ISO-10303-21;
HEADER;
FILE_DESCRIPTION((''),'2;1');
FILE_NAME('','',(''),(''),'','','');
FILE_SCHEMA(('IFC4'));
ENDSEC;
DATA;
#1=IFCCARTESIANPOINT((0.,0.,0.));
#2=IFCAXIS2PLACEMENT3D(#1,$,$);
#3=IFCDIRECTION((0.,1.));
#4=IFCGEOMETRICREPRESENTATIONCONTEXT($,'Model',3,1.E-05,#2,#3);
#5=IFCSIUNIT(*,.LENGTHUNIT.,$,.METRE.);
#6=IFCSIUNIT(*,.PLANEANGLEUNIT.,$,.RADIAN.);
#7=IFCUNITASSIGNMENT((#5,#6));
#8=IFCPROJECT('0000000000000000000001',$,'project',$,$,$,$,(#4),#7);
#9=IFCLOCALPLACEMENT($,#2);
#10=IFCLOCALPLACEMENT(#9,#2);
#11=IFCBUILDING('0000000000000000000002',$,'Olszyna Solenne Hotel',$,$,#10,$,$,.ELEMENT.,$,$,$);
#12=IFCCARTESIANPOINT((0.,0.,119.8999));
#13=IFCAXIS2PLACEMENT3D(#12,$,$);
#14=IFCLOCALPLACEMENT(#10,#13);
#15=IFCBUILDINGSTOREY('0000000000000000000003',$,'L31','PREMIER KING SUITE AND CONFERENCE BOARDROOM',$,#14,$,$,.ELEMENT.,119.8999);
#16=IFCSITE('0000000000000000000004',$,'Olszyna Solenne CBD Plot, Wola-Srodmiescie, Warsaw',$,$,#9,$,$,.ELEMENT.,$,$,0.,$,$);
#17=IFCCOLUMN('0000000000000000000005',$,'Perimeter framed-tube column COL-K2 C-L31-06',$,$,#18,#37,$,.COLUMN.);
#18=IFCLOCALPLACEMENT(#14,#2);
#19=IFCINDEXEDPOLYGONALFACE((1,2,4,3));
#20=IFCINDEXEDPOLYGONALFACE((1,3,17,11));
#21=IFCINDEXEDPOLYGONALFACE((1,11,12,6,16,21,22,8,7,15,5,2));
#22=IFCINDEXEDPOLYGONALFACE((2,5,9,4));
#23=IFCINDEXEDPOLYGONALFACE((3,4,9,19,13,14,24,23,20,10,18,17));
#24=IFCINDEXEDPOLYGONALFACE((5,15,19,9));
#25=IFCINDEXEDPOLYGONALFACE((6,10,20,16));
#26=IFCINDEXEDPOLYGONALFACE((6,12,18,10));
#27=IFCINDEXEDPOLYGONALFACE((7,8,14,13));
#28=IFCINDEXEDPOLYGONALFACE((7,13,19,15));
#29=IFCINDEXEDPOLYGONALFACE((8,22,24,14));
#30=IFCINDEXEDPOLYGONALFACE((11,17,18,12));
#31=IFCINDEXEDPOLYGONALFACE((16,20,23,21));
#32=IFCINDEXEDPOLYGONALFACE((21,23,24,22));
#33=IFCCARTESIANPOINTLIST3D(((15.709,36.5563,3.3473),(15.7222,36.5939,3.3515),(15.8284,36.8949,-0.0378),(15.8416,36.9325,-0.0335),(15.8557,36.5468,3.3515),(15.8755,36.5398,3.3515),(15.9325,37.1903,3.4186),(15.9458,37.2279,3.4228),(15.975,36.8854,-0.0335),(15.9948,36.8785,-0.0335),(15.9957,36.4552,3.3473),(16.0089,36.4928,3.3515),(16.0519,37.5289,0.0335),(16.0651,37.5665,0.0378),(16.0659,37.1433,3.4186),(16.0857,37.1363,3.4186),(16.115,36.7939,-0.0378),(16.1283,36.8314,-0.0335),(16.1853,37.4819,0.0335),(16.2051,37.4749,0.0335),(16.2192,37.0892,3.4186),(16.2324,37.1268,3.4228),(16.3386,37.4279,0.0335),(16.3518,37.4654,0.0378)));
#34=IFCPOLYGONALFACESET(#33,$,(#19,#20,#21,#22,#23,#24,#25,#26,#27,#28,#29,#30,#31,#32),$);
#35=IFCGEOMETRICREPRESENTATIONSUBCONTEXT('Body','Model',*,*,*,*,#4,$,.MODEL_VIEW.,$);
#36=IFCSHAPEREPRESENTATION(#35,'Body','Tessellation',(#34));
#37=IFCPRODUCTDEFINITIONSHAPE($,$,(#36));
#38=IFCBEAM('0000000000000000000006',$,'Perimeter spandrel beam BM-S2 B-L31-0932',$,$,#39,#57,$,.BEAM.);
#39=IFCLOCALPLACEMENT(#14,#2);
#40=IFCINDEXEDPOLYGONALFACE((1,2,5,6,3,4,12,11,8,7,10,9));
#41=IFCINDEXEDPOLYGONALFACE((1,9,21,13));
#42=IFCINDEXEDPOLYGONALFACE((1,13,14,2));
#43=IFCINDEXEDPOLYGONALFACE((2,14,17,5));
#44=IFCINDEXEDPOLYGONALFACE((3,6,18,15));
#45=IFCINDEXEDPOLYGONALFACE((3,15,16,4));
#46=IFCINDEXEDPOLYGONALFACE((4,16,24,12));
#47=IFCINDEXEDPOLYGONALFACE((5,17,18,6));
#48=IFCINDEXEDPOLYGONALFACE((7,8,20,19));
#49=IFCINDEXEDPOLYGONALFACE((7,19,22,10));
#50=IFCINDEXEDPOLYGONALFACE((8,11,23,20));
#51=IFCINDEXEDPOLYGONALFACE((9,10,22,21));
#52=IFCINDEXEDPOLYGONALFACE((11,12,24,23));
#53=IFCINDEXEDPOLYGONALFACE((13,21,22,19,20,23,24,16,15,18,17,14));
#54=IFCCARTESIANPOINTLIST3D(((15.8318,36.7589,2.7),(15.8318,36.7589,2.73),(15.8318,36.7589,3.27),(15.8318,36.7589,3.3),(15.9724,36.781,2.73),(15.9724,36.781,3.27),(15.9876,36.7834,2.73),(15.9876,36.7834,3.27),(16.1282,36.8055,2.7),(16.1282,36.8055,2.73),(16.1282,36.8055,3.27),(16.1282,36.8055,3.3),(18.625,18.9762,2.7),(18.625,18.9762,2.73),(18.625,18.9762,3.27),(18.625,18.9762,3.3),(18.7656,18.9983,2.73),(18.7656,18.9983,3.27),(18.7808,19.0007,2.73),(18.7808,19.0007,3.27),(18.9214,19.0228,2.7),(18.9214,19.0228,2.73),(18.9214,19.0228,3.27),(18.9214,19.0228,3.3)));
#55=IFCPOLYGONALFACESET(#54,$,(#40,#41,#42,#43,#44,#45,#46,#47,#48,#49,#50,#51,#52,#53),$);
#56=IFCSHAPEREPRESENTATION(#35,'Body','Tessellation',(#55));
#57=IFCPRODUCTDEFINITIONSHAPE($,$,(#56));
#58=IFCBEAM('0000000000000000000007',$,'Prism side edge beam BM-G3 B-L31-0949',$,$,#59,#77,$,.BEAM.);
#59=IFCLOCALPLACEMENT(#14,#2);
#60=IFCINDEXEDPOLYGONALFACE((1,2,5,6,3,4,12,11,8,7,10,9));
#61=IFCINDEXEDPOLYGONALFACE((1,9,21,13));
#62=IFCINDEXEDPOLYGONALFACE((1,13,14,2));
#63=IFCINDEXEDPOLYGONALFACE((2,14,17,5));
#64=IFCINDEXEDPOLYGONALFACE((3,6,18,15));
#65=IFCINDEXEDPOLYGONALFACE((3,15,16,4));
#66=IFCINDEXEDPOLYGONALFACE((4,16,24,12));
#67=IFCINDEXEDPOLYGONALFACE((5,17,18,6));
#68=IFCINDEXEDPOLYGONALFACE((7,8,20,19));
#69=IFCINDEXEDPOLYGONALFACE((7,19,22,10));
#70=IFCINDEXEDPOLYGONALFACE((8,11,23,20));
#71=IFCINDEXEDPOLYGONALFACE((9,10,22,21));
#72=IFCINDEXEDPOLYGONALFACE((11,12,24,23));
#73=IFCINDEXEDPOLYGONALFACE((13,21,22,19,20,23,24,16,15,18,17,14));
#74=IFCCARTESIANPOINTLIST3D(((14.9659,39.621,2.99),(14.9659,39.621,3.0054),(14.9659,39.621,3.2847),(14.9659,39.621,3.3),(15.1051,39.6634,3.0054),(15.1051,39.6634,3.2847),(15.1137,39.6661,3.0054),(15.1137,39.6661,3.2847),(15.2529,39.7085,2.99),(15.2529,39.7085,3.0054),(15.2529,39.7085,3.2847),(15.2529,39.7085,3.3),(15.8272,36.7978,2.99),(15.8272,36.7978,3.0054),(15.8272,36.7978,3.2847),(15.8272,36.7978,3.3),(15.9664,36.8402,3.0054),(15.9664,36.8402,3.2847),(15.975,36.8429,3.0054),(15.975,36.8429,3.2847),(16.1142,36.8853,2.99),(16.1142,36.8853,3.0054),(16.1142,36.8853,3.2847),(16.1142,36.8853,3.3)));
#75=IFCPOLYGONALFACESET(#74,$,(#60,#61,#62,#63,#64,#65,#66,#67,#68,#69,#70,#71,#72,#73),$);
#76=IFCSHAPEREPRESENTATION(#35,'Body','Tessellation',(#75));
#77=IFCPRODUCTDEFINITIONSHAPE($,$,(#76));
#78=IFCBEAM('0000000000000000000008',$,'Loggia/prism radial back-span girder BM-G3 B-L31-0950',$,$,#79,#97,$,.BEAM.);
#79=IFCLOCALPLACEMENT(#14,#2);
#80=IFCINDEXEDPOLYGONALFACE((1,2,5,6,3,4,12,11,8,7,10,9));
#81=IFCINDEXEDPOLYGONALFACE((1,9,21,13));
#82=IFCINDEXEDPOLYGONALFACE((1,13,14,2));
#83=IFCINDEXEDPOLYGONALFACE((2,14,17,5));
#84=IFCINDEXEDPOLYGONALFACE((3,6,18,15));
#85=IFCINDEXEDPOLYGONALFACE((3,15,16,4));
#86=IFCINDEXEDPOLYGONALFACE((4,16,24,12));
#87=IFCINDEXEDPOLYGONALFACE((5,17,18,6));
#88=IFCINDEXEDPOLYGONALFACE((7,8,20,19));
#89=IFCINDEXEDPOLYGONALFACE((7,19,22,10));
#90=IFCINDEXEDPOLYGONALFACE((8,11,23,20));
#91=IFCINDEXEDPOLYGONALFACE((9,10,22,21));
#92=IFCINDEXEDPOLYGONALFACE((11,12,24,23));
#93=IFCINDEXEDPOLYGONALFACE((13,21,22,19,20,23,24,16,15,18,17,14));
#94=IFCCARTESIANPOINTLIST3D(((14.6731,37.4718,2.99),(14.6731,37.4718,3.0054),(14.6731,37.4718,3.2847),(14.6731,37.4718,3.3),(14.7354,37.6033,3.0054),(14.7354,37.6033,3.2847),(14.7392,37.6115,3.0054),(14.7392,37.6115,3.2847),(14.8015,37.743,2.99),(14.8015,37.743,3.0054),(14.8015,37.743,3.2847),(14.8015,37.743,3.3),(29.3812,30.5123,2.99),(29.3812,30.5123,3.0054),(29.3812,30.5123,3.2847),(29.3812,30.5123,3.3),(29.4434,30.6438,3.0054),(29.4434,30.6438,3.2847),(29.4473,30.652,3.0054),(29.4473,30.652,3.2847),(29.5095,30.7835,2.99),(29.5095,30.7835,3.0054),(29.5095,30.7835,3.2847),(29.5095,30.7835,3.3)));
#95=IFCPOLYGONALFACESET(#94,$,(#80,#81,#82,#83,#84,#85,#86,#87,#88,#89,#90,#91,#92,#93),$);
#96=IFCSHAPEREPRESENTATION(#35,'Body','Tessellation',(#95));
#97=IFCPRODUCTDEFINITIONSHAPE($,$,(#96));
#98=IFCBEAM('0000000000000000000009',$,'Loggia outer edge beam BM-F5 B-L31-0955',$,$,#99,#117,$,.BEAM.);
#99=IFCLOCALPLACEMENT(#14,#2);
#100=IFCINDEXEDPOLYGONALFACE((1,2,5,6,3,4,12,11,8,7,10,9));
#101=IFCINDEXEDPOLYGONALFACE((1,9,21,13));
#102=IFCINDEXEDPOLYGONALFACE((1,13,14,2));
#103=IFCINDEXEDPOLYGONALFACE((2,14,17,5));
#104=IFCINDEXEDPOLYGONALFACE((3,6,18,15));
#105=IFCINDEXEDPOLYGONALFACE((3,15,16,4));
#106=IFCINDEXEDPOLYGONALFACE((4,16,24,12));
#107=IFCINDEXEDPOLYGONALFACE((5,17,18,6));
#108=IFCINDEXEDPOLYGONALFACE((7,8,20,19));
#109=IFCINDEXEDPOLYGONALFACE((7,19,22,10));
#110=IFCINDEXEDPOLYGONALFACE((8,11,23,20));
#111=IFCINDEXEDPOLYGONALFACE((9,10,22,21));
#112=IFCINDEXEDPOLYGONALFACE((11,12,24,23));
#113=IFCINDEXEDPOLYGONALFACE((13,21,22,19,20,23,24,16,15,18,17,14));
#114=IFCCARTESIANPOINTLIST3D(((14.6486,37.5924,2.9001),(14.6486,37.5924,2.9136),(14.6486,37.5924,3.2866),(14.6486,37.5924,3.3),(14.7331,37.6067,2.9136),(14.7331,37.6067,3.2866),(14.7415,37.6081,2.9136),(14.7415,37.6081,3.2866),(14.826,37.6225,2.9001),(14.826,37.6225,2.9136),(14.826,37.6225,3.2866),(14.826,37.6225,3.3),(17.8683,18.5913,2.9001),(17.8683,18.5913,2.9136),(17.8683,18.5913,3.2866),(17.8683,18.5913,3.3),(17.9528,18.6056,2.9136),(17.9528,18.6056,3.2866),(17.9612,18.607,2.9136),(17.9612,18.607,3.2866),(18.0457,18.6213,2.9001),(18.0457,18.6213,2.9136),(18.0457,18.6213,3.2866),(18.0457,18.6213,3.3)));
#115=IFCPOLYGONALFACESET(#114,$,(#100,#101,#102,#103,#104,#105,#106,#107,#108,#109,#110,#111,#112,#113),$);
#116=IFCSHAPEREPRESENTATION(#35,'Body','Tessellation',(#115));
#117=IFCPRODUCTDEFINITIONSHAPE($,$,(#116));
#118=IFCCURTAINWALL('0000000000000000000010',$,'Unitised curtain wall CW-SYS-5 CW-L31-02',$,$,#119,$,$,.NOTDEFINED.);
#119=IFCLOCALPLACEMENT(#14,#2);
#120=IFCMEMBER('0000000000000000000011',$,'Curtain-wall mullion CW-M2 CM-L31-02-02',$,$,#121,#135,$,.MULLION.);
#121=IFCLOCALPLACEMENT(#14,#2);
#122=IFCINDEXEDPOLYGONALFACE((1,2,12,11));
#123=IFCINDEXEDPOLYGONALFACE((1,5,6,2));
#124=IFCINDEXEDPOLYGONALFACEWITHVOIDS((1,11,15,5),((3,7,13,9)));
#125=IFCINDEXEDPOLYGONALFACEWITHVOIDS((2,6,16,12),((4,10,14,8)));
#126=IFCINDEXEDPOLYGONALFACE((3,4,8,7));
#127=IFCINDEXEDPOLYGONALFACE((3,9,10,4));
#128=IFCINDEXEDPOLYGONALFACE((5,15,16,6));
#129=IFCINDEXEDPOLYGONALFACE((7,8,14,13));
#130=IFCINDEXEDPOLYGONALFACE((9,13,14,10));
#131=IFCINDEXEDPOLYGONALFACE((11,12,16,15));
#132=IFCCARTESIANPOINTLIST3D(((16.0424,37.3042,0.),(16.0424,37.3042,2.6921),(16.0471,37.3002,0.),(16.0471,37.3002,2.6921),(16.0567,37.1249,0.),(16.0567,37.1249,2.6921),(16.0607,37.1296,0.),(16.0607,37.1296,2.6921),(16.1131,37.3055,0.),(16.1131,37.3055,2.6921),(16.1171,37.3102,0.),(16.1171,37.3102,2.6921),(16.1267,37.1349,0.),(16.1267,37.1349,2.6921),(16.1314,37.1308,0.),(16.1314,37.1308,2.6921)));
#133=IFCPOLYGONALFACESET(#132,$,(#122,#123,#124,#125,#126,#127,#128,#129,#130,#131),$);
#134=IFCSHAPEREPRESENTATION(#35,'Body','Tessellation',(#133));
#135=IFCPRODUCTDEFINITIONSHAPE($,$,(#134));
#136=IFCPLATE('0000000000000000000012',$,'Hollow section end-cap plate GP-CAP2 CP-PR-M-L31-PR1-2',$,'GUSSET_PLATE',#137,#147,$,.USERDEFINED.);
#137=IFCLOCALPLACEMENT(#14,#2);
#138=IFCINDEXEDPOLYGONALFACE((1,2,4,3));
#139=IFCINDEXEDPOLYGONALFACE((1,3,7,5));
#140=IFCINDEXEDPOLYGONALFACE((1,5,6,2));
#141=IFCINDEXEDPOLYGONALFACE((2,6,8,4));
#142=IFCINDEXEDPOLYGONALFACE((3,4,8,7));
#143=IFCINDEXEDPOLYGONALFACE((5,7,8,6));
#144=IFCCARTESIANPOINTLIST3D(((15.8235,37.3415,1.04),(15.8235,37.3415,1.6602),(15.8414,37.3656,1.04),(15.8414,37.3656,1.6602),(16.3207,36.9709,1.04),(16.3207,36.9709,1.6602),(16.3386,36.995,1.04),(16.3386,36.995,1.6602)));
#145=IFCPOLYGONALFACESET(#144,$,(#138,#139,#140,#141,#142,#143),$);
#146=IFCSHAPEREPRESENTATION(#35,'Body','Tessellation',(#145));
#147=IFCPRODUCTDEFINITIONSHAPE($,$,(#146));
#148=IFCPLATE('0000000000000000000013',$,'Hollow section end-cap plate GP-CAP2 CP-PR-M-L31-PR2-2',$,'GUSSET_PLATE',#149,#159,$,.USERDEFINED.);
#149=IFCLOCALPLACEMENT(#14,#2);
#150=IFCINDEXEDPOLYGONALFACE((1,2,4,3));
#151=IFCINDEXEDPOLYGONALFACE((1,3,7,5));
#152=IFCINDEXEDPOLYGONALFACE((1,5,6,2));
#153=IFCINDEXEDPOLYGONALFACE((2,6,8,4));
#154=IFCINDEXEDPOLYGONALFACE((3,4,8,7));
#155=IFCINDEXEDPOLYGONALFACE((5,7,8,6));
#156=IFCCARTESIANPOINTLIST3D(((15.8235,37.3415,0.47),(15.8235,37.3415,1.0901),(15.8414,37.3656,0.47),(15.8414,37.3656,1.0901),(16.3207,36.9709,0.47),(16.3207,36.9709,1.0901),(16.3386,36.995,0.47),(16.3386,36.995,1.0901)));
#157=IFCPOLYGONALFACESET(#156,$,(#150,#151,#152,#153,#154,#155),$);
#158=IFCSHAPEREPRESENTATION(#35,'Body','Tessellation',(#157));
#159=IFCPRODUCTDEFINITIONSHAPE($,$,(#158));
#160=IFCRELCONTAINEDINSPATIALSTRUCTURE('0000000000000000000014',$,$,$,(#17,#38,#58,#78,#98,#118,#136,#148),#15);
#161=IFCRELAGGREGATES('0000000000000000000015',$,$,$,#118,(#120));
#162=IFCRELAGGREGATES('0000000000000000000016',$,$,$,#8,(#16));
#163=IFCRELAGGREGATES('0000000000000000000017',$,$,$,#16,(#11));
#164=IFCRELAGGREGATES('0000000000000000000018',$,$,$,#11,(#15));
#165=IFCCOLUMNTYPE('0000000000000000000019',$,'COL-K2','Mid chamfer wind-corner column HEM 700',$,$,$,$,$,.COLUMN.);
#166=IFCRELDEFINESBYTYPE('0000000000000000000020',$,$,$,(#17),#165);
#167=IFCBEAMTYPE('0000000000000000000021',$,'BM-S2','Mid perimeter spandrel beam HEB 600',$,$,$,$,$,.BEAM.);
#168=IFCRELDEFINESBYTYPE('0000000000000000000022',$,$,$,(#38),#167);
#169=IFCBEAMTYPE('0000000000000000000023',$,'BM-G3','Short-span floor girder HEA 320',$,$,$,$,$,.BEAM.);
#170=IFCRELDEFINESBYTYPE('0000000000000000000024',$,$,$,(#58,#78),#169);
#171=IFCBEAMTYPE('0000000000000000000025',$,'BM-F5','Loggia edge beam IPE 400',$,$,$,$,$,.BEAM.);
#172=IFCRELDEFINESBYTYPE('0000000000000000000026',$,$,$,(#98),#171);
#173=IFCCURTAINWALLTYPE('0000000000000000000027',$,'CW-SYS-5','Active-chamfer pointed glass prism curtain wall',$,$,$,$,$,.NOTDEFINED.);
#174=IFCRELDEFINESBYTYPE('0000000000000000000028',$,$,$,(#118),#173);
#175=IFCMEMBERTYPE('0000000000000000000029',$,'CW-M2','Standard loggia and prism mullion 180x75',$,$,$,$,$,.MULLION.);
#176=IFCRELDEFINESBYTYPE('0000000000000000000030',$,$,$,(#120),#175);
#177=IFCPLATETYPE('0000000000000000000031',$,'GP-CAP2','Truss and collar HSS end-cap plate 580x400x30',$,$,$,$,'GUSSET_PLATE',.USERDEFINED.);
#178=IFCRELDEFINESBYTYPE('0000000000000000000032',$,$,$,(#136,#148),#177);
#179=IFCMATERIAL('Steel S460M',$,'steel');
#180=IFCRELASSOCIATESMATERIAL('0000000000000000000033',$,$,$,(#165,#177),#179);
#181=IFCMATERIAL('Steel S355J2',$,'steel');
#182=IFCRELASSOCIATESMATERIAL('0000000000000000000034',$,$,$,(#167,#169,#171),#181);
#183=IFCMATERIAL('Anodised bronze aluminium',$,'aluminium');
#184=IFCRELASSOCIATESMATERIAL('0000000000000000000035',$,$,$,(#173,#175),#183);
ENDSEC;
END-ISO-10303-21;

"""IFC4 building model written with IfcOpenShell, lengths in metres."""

from ifc_helpers import new_model, si_unit, direction, frame, origin, origin_2d, place, context, subcontext, project, spatial, rectangle, hollow_rectangle, i_section, extrude, source, transform, mapped, material, material_profile, profile_set, type_object, element, aggregate, save


model = new_model("IFC4")

# Units and contexts
model_context = context("Model", 3, precision=1e-05, world=origin(), true_north=direction((0.0, 1.0)))
body_context = subcontext(model_context, "Body", "Model", "MODEL_VIEW")
ifc_project = project(units=[si_unit("LENGTHUNIT", "METRE"), si_unit("PLANEANGLEUNIT", "RADIAN")], contexts=[model_context])

# Site, building, storey
site_placement = place(None, origin())
site = spatial("IfcSite", under=ifc_project, at=site_placement, Name="Olszyna Solenne CBD Plot, Wola-Srodmiescie, Warsaw", CompositionType="ELEMENT", RefElevation=0.0)
building_placement = place(site_placement, origin())
building = spatial("IfcBuilding", under=site, at=building_placement, Name="Olszyna Solenne Hotel", CompositionType="ELEMENT")
storey_placement = place(building_placement, frame((0.0, 0.0, 119.8999)))
storey = spatial("IfcBuildingStorey", under=building, at=storey_placement, Name="L31", Description="PREMIER KING SUITE AND CONFERENCE BOARDROOM", CompositionType="ELEMENT", Elevation=119.8999)

# Column
ifc_material_1 = material(Name="Steel S460M", Category="steel")
ifc_material_profile_1 = material_profile(ifc_material_1, i_section(OverallWidth=0.304, OverallDepth=0.7161, WebThickness=0.021, FlangeThickness=0.04, at=origin_2d()), Name="HEM 700", Category="load-bearing")
ifc_profile_set_1 = profile_set([ifc_material_profile_1], Name="Steel S460M")
column_type = type_object("IfcColumnType", Name="COL-K2", Description="Mid chamfer wind-corner column HEM 700", PredefinedType="COLUMN", material=ifc_profile_set_1)
shared_shape_1 = source(origin(), body_context, "Body", "SweptSolid", [
    extrude(i_section(OverallWidth=0.304, OverallDepth=0.7161, WebThickness=0.021, FlangeThickness=0.04, at=origin_2d()), origin(), (0.0, 0.0, 1.0), 3.4041),
])
column_placement = place(storey_placement, frame((16.0901, 37.1802, 0.0), z_axis=(-0.035072, -0.099478, 0.994421), x_axis=(0.943103, -0.3325, 0.0)))
element("IfcColumn", 1, at=column_placement, inside=storey, type_object=column_type, Name="Perimeter framed-tube column COL-K2 C-L31-06", PredefinedType="COLUMN", context=body_context, shape_type="MappedRepresentation", body=[
    mapped(shared_shape_1, transform((0.0, 0.0, 0.0), x_axis=(1.0, 0.0, 0.0), y_axis=(0.0, 1.0, 0.0), z_axis=(0.0, 0.0, 1.0), scale=1.0)),
])

# Beams
ifc_material_2 = material(Name="Steel S355J2", Category="steel")
ifc_material_profile_2 = material_profile(ifc_material_2, i_section(OverallWidth=0.3, OverallDepth=0.6001, WebThickness=0.0154, FlangeThickness=0.03, at=origin_2d()), Name="HEB 600", Category="load-bearing")
ifc_profile_set_2 = profile_set([ifc_material_profile_2], Name="Steel S355J2")
beam_type_1 = type_object("IfcBeamType", Name="BM-S2", Description="Mid perimeter spandrel beam HEB 600", PredefinedType="BEAM", material=ifc_profile_set_2)
shared_shape_2 = source(origin(), body_context, "Body", "SweptSolid", [
    extrude(i_section(OverallWidth=0.3, OverallDepth=0.6001, WebThickness=0.0154, FlangeThickness=0.03, at=origin_2d()), origin(), (0.0, 0.0, 1.0), 18.0007),
])
beam_1_placement = place(storey_placement, frame((15.98, 36.7822, 3.0), z_axis=(0.155172, -0.987887, 0.0), x_axis=(0.987887, 0.155172, 0.0)))
element("IfcBeam", 2, at=beam_1_placement, inside=storey, type_object=beam_type_1, Name="Perimeter spandrel beam BM-S2 B-L31-0932", PredefinedType="BEAM", context=body_context, shape_type="MappedRepresentation", body=[
    mapped(shared_shape_2, transform((0.0, 0.0, 0.0), x_axis=(1.0, 0.0, 0.0), y_axis=(0.0, 1.0, 0.0), z_axis=(0.0, 0.0, 1.0), scale=1.0)),
])
ifc_material_profile_3 = material_profile(ifc_material_2, i_section(OverallWidth=0.3, OverallDepth=0.3101, WebThickness=0.009, FlangeThickness=0.0154, at=origin_2d()), Name="HEA 320", Category="load-bearing")
ifc_profile_set_3 = profile_set([ifc_material_profile_3], Name="Steel S355J2")
beam_type_2 = type_object("IfcBeamType", Name="BM-G3", Description="Short-span floor girder HEA 320", PredefinedType="BEAM", material=ifc_profile_set_3)
shared_shape_3 = source(origin(), body_context, "Body", "SweptSolid", [
    extrude(i_section(OverallWidth=0.3, OverallDepth=0.3101, WebThickness=0.009, FlangeThickness=0.0154, at=origin_2d()), origin(), (0.0, 0.0, 1.0), 2.9517),
])
beam_2_placement = place(storey_placement, frame((15.9707, 36.8416, 3.145), z_axis=(-0.291807, 0.956477, 0.0), x_axis=(-0.956477, -0.291807, 0.0)))
element("IfcBeam", 3, at=beam_2_placement, inside=storey, type_object=beam_type_2, Name="Prism side edge beam BM-G3 B-L31-0949", PredefinedType="BEAM", context=body_context, shape_type="MappedRepresentation", body=[
    mapped(shared_shape_3, transform((0.0, 0.0, 0.0), x_axis=(1.0, 0.0, 0.0), y_axis=(0.0, 1.0, 0.0), z_axis=(0.0, 0.0, 1.0), scale=1.0)),
])
shared_shape_4 = source(origin(), body_context, "Body", "SweptSolid", [
    extrude(i_section(OverallWidth=0.3, OverallDepth=0.3101, WebThickness=0.009, FlangeThickness=0.0154, at=origin_2d()), origin(), (0.0, 0.0, 1.0), 16.2715),
])
beam_3_placement = place(storey_placement, frame((14.7373, 37.6074, 3.145), z_axis=(0.903916, -0.427711, 0.0), x_axis=(0.427711, 0.903916, 0.0)))
element("IfcBeam", 4, at=beam_3_placement, inside=storey, type_object=beam_type_2, Name="Loggia/prism radial back-span girder BM-G3 B-L31-0950", PredefinedType="BEAM", context=body_context, shape_type="MappedRepresentation", body=[
    mapped(shared_shape_4, transform((0.0, 0.0, 0.0), x_axis=(1.0, 0.0, 0.0), y_axis=(0.0, 1.0, 0.0), z_axis=(0.0, 0.0, 1.0), scale=1.0)),
])
ifc_material_profile_4 = material_profile(ifc_material_2, i_section(OverallWidth=0.1799, OverallDepth=0.3999, WebThickness=0.0085, FlangeThickness=0.0134, at=origin_2d()), Name="IPE 400", Category="load-bearing")
ifc_profile_set_4 = profile_set([ifc_material_profile_4], Name="Steel S355J2")
beam_type_3 = type_object("IfcBeamType", Name="BM-F5", Description="Loggia edge beam IPE 400", PredefinedType="BEAM", material=ifc_profile_set_4)
shared_shape_5 = source(origin(), body_context, "Body", "SweptSolid", [
    extrude(i_section(OverallWidth=0.1799, OverallDepth=0.3999, WebThickness=0.0085, FlangeThickness=0.0134, at=origin_2d()), origin(), (0.0, 0.0, 1.0), 19.272),
])
beam_4_placement = place(storey_placement, frame((14.7373, 37.6074, 3.1001), z_axis=(0.167067, -0.985946, 0.0), x_axis=(0.985946, 0.167067, 0.0)))
element("IfcBeam", 5, at=beam_4_placement, inside=storey, type_object=beam_type_3, Name="Loggia outer edge beam BM-F5 B-L31-0955", PredefinedType="BEAM", context=body_context, shape_type="MappedRepresentation", body=[
    mapped(shared_shape_5, transform((0.0, 0.0, 0.0), x_axis=(1.0, 0.0, 0.0), y_axis=(0.0, 1.0, 0.0), z_axis=(0.0, 0.0, 1.0), scale=1.0)),
])

# Curtain wall, member
ifc_material_3 = material(Name="Anodised bronze aluminium", Category="aluminium")
curtain_wall_type = type_object("IfcCurtainWallType", Name="CW-SYS-5", Description="Active-chamfer pointed glass prism curtain wall", PredefinedType="NOTDEFINED", material=ifc_material_3)
curtain_wall_placement = place(storey_placement, origin())
curtain_wall = element("IfcCurtainWall", 6, at=curtain_wall_placement, inside=storey, type_object=curtain_wall_type, Name="Unitised curtain wall CW-SYS-5 CW-L31-02", PredefinedType="NOTDEFINED")
ifc_material_profile_5 = material_profile(ifc_material_3, hollow_rectangle(XDim=0.075, YDim=0.1799, WallThickness=0.0044, at=origin_2d()), Name="MULL 180x75x4.5", Category="load-bearing")
ifc_profile_set_5 = profile_set([ifc_material_profile_5], Name="Anodised bronze aluminium")
member_type = type_object("IfcMemberType", Name="CW-M2", Description="Standard loggia and prism mullion 180x75", PredefinedType="MULLION", material=ifc_profile_set_5)
shared_shape_6 = source(origin(), body_context, "Body", "SweptSolid", [
    extrude(hollow_rectangle(XDim=0.075, YDim=0.1799, WallThickness=0.0044, at=origin_2d()), origin(), (0.0, 0.0, 1.0), 2.6921),
])
member_placement = place(storey_placement, frame((16.0869, 37.2175, 0.0), z_axis=(0.0, 0.0, 1.0), x_axis=(0.99683, 0.079559, 0.0)))
member = element("IfcMember", 7, at=member_placement, type_object=member_type, Name="Curtain-wall mullion CW-M2 CM-L31-02-02", PredefinedType="MULLION", context=body_context, shape_type="MappedRepresentation", body=[
    mapped(shared_shape_6, transform((0.0, 0.0, 0.0), x_axis=(1.0, 0.0, 0.0), y_axis=(0.0, 1.0, 0.0), z_axis=(0.0, 0.0, 1.0), scale=1.0)),
])
aggregate(curtain_wall, [member])

# Plates
plate_type = type_object("IfcPlateType", Name="GP-CAP2", Description="Truss and collar HSS end-cap plate 580x400x30", ElementType="GUSSET_PLATE", PredefinedType="USERDEFINED", material=ifc_material_1)
shared_shape_7 = source(origin(), body_context, "Body", "SweptSolid", [
    extrude(rectangle(XDim=0.03, YDim=0.6201, at=origin_2d()), origin(), (0.0, 0.0, 1.0), 0.6201),
])
for number, where, z_axis, x_axis, name in (
    (8, (16.0811, 37.1682, 1.04), (0.0, 0.0, 1.0), (-0.597625, -0.801776, 0.0), "Hollow section end-cap plate GP-CAP2 CP-PR-M-L31-PR1-2"),
    (9, (16.0811, 37.1682, 0.47), (0.0, 0.0, 1.0), (-0.597625, -0.801776, 0.0), "Hollow section end-cap plate GP-CAP2 CP-PR-M-L31-PR2-2"),
):
    element("IfcPlate", number, at=place(storey_placement, frame(where, z_axis=z_axis, x_axis=x_axis)), inside=storey, type_object=plate_type, Name=name, ObjectType="GUSSET_PLATE", PredefinedType="USERDEFINED", context=body_context, shape_type="MappedRepresentation", body=[
        mapped(shared_shape_7, transform((0.0, 0.0, 0.0), x_axis=(1.0, 0.0, 0.0), y_axis=(0.0, 1.0, 0.0), z_axis=(0.0, 0.0, 1.0), scale=1.0)),
    ])

save(model, "model.ifc")
